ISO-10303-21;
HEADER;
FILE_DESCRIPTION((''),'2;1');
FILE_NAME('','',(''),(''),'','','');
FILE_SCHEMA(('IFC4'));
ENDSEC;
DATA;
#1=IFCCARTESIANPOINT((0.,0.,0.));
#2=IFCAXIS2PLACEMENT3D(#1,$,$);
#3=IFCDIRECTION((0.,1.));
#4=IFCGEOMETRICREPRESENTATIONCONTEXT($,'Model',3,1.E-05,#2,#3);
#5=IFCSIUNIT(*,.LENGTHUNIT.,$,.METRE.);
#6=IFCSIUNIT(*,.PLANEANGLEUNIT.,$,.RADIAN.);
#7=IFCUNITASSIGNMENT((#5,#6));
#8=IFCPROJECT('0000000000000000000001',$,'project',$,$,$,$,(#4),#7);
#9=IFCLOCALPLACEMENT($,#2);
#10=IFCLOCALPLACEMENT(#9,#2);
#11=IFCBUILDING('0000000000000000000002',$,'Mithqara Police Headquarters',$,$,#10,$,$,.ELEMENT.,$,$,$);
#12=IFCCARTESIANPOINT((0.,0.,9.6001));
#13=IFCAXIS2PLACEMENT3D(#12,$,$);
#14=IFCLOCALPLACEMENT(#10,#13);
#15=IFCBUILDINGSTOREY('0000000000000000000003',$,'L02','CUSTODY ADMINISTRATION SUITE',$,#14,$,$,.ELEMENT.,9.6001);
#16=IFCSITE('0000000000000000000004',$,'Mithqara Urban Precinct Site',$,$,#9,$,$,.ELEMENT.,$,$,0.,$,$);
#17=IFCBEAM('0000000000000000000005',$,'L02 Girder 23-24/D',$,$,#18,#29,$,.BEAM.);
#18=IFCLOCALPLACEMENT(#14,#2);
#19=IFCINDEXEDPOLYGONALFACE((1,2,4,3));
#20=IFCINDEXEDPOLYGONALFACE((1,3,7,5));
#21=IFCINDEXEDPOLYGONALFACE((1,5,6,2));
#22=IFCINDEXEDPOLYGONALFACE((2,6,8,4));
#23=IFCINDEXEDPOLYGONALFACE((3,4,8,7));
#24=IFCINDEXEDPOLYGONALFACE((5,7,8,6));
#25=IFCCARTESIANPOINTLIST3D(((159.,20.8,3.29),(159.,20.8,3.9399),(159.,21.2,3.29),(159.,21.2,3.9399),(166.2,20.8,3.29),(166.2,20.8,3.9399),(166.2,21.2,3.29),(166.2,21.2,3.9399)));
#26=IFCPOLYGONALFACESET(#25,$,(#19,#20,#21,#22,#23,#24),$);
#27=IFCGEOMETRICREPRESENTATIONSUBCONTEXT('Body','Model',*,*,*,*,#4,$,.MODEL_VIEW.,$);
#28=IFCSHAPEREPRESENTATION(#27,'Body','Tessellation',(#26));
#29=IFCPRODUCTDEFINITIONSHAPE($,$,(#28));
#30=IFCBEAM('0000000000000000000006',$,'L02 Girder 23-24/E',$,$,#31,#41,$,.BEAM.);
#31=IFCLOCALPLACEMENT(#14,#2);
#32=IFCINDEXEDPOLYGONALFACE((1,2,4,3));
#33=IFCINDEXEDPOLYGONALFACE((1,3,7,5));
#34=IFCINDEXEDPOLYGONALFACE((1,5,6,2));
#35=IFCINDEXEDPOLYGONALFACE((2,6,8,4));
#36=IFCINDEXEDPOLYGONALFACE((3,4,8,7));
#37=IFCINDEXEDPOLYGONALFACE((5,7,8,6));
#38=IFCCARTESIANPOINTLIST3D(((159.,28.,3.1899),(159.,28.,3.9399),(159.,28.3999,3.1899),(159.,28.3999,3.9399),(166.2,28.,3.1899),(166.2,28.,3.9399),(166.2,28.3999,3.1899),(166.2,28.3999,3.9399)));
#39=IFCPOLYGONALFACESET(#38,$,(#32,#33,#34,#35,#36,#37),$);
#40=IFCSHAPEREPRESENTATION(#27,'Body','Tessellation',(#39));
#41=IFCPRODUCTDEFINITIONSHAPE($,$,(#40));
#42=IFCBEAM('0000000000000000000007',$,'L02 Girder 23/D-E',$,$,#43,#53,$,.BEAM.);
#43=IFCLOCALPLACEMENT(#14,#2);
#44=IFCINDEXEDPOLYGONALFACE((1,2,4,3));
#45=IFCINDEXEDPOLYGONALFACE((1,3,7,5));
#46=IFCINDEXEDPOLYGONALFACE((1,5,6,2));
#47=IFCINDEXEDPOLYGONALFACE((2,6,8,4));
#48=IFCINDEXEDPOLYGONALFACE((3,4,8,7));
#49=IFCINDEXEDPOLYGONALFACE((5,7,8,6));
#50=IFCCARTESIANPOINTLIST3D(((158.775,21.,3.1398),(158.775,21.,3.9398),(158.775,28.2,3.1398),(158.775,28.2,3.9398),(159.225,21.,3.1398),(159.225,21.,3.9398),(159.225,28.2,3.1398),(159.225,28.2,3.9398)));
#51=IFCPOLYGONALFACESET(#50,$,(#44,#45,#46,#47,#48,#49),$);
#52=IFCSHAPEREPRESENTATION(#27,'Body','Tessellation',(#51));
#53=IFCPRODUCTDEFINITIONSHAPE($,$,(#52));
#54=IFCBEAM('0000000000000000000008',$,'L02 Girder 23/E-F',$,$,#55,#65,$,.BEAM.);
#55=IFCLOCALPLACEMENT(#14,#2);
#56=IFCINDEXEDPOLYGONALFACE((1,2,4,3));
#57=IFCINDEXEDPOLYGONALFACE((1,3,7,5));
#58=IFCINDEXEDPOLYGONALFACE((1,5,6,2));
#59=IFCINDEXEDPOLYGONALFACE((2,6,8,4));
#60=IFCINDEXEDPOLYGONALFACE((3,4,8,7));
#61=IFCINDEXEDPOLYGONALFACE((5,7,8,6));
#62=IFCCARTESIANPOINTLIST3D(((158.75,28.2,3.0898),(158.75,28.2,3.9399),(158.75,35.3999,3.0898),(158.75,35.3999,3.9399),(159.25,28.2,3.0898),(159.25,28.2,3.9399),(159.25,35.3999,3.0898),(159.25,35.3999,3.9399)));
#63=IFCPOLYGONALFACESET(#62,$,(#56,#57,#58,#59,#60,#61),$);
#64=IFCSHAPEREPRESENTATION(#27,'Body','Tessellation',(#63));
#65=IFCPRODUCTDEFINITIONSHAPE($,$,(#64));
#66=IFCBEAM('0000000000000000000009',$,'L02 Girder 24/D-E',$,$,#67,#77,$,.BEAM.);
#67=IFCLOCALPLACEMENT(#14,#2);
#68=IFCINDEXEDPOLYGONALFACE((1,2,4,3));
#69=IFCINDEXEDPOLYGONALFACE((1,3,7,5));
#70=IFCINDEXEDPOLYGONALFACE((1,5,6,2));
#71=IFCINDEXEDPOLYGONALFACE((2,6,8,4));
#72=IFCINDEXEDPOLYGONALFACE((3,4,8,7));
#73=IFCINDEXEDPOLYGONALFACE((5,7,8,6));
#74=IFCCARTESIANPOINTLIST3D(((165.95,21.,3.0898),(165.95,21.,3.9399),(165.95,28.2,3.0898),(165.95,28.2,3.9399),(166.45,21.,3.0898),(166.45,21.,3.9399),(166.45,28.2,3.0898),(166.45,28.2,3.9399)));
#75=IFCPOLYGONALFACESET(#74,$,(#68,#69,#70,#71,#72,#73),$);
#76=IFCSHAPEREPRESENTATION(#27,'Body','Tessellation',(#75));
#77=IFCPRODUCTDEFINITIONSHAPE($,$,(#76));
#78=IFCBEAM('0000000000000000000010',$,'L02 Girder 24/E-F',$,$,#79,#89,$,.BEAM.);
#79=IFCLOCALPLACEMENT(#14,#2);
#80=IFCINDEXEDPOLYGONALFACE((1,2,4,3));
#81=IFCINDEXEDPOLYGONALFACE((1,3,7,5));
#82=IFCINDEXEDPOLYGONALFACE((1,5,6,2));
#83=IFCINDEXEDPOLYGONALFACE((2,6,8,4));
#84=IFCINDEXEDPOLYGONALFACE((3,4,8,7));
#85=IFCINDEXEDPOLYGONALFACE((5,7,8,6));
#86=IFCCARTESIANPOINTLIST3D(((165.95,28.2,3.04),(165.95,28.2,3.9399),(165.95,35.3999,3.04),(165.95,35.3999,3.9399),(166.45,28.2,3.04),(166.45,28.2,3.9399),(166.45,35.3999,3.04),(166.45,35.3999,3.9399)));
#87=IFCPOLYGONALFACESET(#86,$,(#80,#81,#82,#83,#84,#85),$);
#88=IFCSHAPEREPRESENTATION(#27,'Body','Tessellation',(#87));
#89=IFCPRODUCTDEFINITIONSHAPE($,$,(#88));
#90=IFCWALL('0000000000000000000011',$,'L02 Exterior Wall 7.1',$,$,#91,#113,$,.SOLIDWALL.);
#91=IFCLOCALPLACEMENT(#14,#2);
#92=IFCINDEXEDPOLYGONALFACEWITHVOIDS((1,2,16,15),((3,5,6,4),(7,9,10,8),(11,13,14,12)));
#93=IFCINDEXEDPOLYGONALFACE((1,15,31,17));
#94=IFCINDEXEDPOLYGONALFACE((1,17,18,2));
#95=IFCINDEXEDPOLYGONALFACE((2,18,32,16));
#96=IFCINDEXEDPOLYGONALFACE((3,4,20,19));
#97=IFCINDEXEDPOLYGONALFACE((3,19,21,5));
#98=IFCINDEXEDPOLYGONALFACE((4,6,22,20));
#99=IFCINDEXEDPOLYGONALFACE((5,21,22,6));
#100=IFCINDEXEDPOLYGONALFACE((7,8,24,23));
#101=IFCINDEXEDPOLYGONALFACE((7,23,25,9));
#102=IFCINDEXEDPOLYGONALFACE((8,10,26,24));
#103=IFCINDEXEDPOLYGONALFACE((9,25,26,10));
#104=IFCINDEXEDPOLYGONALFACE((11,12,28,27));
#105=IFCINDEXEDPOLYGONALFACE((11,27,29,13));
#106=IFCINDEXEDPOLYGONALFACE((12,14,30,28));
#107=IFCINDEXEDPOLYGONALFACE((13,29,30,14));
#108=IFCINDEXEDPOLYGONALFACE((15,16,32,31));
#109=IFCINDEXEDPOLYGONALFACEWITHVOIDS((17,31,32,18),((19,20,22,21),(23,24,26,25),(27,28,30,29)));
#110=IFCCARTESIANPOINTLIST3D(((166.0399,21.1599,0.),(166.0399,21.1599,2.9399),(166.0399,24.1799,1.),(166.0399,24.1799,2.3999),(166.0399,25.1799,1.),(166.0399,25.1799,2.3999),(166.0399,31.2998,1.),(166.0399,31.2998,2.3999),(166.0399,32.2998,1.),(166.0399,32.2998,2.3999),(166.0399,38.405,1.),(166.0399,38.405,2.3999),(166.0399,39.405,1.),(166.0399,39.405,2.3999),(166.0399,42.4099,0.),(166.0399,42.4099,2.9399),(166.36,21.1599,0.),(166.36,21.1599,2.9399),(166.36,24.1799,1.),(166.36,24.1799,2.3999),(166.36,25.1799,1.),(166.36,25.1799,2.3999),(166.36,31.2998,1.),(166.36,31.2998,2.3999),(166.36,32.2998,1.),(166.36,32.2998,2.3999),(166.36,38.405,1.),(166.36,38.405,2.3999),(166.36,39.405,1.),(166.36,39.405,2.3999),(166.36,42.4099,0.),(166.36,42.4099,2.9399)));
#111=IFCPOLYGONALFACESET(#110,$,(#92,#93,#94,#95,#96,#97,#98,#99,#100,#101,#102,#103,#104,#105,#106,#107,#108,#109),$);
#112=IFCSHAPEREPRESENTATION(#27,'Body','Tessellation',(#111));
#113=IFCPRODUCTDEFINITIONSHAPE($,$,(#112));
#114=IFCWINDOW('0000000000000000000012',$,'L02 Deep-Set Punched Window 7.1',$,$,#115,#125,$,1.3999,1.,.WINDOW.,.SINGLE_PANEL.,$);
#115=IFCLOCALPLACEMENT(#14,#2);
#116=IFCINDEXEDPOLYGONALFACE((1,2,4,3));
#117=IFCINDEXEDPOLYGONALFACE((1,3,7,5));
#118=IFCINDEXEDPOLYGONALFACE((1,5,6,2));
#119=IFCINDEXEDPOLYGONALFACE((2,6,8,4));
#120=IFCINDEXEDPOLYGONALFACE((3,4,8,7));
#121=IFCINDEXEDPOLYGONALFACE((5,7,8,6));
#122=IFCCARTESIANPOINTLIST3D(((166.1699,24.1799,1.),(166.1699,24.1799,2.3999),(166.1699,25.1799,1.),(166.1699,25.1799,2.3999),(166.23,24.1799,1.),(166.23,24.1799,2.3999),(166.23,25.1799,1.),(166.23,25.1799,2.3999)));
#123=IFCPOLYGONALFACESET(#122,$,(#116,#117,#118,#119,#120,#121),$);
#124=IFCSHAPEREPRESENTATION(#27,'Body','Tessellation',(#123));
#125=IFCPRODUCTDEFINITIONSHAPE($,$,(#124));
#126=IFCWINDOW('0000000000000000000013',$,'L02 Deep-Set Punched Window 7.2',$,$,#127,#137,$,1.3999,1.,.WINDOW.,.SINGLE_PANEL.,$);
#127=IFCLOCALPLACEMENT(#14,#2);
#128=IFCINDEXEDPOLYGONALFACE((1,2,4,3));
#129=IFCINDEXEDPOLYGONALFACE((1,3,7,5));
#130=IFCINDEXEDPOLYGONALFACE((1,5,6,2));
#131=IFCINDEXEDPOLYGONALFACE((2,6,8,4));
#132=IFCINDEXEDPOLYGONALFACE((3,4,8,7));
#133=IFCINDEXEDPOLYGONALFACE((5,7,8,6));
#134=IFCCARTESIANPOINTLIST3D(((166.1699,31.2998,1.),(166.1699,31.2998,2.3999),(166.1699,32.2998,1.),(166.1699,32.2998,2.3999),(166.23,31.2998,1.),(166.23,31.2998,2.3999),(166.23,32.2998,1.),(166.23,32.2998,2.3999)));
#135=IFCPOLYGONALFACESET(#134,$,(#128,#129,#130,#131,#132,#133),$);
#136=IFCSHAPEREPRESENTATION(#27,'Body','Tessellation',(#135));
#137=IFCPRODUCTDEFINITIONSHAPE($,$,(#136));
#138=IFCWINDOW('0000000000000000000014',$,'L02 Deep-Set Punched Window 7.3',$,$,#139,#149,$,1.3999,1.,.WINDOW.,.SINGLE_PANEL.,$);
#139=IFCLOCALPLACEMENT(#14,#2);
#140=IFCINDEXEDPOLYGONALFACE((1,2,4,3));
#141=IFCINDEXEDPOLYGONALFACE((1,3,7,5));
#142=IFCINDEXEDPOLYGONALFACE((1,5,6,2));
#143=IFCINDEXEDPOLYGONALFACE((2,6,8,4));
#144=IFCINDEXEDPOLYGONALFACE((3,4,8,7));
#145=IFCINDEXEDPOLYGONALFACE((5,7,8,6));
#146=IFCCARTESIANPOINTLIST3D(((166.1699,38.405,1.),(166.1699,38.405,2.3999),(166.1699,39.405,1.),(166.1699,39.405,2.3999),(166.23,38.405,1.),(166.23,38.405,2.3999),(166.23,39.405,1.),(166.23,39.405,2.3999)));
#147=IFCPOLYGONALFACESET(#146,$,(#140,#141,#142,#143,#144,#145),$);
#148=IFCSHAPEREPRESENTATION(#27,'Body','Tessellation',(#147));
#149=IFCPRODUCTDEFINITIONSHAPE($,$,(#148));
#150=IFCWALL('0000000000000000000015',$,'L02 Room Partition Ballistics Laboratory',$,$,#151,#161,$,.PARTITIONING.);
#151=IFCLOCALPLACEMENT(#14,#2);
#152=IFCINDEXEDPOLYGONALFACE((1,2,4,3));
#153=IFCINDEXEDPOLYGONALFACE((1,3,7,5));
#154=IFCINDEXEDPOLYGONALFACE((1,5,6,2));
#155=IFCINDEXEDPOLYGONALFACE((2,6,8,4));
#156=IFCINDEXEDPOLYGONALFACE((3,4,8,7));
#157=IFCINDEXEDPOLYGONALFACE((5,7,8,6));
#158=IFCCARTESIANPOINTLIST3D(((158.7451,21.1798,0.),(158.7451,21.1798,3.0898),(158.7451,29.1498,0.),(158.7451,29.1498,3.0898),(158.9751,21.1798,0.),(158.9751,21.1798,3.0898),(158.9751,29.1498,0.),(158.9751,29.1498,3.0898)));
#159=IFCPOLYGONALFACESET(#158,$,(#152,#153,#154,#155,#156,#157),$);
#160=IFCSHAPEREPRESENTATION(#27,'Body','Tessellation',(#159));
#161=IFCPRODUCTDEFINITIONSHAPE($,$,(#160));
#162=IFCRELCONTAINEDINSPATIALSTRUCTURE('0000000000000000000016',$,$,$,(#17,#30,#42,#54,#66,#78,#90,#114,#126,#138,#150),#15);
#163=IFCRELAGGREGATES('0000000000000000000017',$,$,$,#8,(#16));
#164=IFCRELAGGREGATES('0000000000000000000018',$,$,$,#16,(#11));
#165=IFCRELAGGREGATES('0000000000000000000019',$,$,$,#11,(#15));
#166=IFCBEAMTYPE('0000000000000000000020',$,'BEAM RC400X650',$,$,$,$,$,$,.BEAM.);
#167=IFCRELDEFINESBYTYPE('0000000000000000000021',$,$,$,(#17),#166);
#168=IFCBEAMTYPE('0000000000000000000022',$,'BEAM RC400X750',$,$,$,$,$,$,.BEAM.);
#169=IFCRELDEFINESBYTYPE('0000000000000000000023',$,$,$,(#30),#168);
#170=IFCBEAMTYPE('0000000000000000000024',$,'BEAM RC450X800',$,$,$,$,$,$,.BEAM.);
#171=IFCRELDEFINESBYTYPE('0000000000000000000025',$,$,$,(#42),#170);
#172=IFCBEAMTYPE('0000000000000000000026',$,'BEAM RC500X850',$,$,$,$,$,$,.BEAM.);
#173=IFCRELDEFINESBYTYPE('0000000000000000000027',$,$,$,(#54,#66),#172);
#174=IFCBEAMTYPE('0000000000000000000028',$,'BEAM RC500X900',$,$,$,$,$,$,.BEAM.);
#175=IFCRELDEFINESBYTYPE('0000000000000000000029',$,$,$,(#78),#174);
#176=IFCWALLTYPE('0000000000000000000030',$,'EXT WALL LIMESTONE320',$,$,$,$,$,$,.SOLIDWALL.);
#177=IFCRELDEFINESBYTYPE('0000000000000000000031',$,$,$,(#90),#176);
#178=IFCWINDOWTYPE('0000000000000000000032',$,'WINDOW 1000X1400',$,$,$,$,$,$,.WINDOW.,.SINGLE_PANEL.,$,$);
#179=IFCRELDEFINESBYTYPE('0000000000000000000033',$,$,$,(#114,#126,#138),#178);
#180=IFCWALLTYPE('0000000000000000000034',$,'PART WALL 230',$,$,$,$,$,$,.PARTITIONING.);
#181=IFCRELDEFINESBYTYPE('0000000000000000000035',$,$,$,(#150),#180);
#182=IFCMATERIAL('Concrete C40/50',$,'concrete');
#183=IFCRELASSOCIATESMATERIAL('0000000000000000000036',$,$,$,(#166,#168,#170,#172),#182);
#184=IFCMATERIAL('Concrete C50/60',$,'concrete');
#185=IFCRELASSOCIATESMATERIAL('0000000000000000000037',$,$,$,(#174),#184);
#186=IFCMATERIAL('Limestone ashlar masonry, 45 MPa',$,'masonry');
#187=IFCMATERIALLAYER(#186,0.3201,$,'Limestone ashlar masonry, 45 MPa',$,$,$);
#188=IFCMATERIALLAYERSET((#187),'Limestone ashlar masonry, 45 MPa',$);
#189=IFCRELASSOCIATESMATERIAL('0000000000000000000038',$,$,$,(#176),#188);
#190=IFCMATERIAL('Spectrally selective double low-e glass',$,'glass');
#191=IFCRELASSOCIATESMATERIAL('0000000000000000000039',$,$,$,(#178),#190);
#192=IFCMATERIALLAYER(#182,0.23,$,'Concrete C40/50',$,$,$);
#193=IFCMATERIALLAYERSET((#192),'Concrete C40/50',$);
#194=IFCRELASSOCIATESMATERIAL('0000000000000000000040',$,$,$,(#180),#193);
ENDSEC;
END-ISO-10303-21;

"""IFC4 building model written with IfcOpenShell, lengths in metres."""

from ifc_helpers import new_model, si_unit, direction, frame, frame_2d, origin, origin_2d, place, context, subcontext, project, spatial, rectangle, extrude, material, layer, layer_set, material_profile, profile_set, type_object, element, fill, save


model = new_model("IFC4")

# Units and contexts
model_context = context("Model", 3, precision=1e-05, world=origin(), true_north=direction((0.0, 1.0)))
body_context = subcontext(model_context, "Body", "Model", "MODEL_VIEW")
ifc_project = project(units=[si_unit("LENGTHUNIT", "METRE"), si_unit("PLANEANGLEUNIT", "RADIAN")], contexts=[model_context])

# Site, building, storey
site_placement = place(None, origin())
site = spatial("IfcSite", under=ifc_project, at=site_placement, Name="Mithqara Urban Precinct Site", CompositionType="ELEMENT", RefElevation=0.0)
building_placement = place(site_placement, origin())
building = spatial("IfcBuilding", under=site, at=building_placement, Name="Mithqara Police Headquarters", CompositionType="ELEMENT")
storey_placement = place(building_placement, frame((0.0, 0.0, 9.6001)))
storey = spatial("IfcBuildingStorey", under=building, at=storey_placement, Name="L02", Description="CUSTODY ADMINISTRATION SUITE", CompositionType="ELEMENT", Elevation=9.6001)

# Shared definitions
ifc_material_1 = material(Name="Concrete C50/60", Category="concrete")

# Beams
ifc_material_2 = material(Name="Concrete C40/50", Category="concrete")
ifc_material_profile_1 = material_profile(ifc_material_2, rectangle(XDim=0.3999, YDim=0.6499, at=origin_2d()), Name="RC 400x650")
ifc_profile_set_1 = profile_set([ifc_material_profile_1], Name="Concrete C40/50")
beam_type_1 = type_object("IfcBeamType", Name="BEAM RC400X650", PredefinedType="BEAM", material=ifc_profile_set_1)
beam_1_placement = place(storey_placement, frame((159.0, 21.0, 3.615), z_axis=(1.0, 0.0, 0.0), x_axis=(0.0, 1.0, 0.0)))
element("IfcBeam", 1, at=beam_1_placement, inside=storey, type_object=beam_type_1, Name="L02 Girder 23-24/D", PredefinedType="BEAM", context=body_context, shape_type="SweptSolid", body=[
    extrude(rectangle(XDim=0.3999, YDim=0.6499, at=origin_2d()), origin(), (0.0, 0.0, 1.0), 7.2),
])
ifc_material_profile_2 = material_profile(ifc_material_2, rectangle(XDim=0.3999, YDim=0.75, at=origin_2d()), Name="RC 400x750")
ifc_profile_set_2 = profile_set([ifc_material_profile_2], Name="Concrete C40/50")
beam_type_2 = type_object("IfcBeamType", Name="BEAM RC400X750", PredefinedType="BEAM", material=ifc_profile_set_2)
beam_2_placement = place(storey_placement, frame((159.0, 28.2, 3.5649), z_axis=(1.0, 0.0, 0.0), x_axis=(0.0, 1.0, 0.0)))
element("IfcBeam", 2, at=beam_2_placement, inside=storey, type_object=beam_type_2, Name="L02 Girder 23-24/E", PredefinedType="BEAM", context=body_context, shape_type="SweptSolid", body=[
    extrude(rectangle(XDim=0.3999, YDim=0.75, at=origin_2d()), origin(), (0.0, 0.0, 1.0), 7.2),
])
ifc_material_profile_3 = material_profile(ifc_material_2, rectangle(XDim=0.45, YDim=0.8, at=origin_2d()), Name="RC 450x800")
ifc_profile_set_3 = profile_set([ifc_material_profile_3], Name="Concrete C40/50")
beam_type_3 = type_object("IfcBeamType", Name="BEAM RC450X800", PredefinedType="BEAM", material=ifc_profile_set_3)
beam_3_placement = place(storey_placement, frame((159.0, 21.0, 3.5398), z_axis=(0.0, 1.0, 0.0), x_axis=(-1.0, 0.0, 0.0)))
element("IfcBeam", 3, at=beam_3_placement, inside=storey, type_object=beam_type_3, Name="L02 Girder 23/D-E", PredefinedType="BEAM", context=body_context, shape_type="SweptSolid", body=[
    extrude(rectangle(XDim=0.45, YDim=0.8, at=origin_2d()), origin(), (0.0, 0.0, 1.0), 7.2),
])
ifc_material_profile_4 = material_profile(ifc_material_2, rectangle(XDim=0.5, YDim=0.8501, at=origin_2d()), Name="RC 500x850")
ifc_profile_set_4 = profile_set([ifc_material_profile_4], Name="Concrete C40/50")
beam_type_4 = type_object("IfcBeamType", Name="BEAM RC500X850", PredefinedType="BEAM", material=ifc_profile_set_4)
for number, where, z_axis, x_axis, name in (
    (4, (159.0, 28.2, 3.5149), (0.0, 1.0, 0.0), (-1.0, 0.0, 0.0), "L02 Girder 23/E-F"),
    (5, (166.2, 21.0, 3.5149), (0.0, 1.0, 0.0), (-1.0, 0.0, 0.0), "L02 Girder 24/D-E"),
):
    element("IfcBeam", number, at=place(storey_placement, frame(where, z_axis=z_axis, x_axis=x_axis)), inside=storey, type_object=beam_type_4, Name=name, PredefinedType="BEAM", context=body_context, shape_type="SweptSolid", body=[
        extrude(rectangle(XDim=0.5, YDim=0.8501, at=origin_2d()), origin(), (0.0, 0.0, 1.0), 7.2),
    ])
ifc_material_profile_5 = material_profile(ifc_material_1, rectangle(XDim=0.5, YDim=0.8999, at=origin_2d()), Name="RC 500x900")
ifc_profile_set_5 = profile_set([ifc_material_profile_5], Name="Concrete C50/60")
beam_type_5 = type_object("IfcBeamType", Name="BEAM RC500X900", PredefinedType="BEAM", material=ifc_profile_set_5)
beam_4_placement = place(storey_placement, frame((166.2, 28.2, 3.49), z_axis=(0.0, 1.0, 0.0), x_axis=(-1.0, 0.0, 0.0)))
element("IfcBeam", 6, at=beam_4_placement, inside=storey, type_object=beam_type_5, Name="L02 Girder 24/E-F", PredefinedType="BEAM", context=body_context, shape_type="SweptSolid", body=[
    extrude(rectangle(XDim=0.5, YDim=0.8999, at=origin_2d()), origin(), (0.0, 0.0, 1.0), 7.2),
])

# Wall, openings, windows
ifc_material_3 = material(Name="Limestone ashlar masonry, 45 MPa", Category="masonry")
ifc_layer_1 = layer(ifc_material_3, 0.3201, Name="Limestone ashlar masonry, 45 MPa")
ifc_layer_set_1 = layer_set([ifc_layer_1], Name="Limestone ashlar masonry, 45 MPa")
wall_type_1 = type_object("IfcWallType", Name="EXT WALL LIMESTONE320", PredefinedType="SOLIDWALL", material=ifc_layer_set_1)
wall_1_placement = place(storey_placement, frame((166.2, 21.1599, 0.0), z_axis=(0.0, 0.0, 1.0), x_axis=(0.0, 1.0, 0.0)))
wall_1 = element("IfcWall", 7, at=wall_1_placement, inside=storey, type_object=wall_type_1, Name="L02 Exterior Wall 7.1", PredefinedType="SOLIDWALL", context=body_context, shape_type="SweptSolid", body=[
    extrude(rectangle(XDim=21.25, YDim=0.3201, at=frame_2d((10.625, 0.0))), origin(), (0.0, 0.0, 1.0), 2.9399),
])
opening_1_placement = place(wall_1_placement, frame((3.02, 0.0, 1.0)))
opening_1 = element("IfcOpeningElement", 8, at=opening_1_placement, cuts=wall_1, PredefinedType="OPENING", context=body_context, shape_type="SweptSolid", body=[
    extrude(rectangle(XDim=1.0, YDim=1.3999, at=frame_2d((0.5, 0.7))), frame((0.0, 0.1699, 0.0), z_axis=(0.0, -1.0, 0.0), x_axis=(1.0, 0.0, 0.0)), (0.0, 0.0, 1.0), 0.3401),
])
opening_2_placement = place(wall_1_placement, frame((10.1399, 0.0, 1.0)))
opening_2 = element("IfcOpeningElement", 9, at=opening_2_placement, cuts=wall_1, PredefinedType="OPENING", context=body_context, shape_type="SweptSolid", body=[
    extrude(rectangle(XDim=1.0, YDim=1.3999, at=frame_2d((0.5, 0.7))), frame((0.0, 0.1699, 0.0), z_axis=(0.0, -1.0, 0.0), x_axis=(1.0, 0.0, 0.0)), (0.0, 0.0, 1.0), 0.3401),
])
opening_3_placement = place(wall_1_placement, frame((17.2451, 0.0, 1.0)))
opening_3 = element("IfcOpeningElement", 10, at=opening_3_placement, cuts=wall_1, PredefinedType="OPENING", context=body_context, shape_type="SweptSolid", body=[
    extrude(rectangle(XDim=1.0, YDim=1.3999, at=frame_2d((0.5, 0.7))), frame((0.0, 0.1699, 0.0), z_axis=(0.0, -1.0, 0.0), x_axis=(1.0, 0.0, 0.0)), (0.0, 0.0, 1.0), 0.3401),
])
ifc_material_4 = material(Name="Spectrally selective double low-e glass", Category="glass")
window_type = type_object("IfcWindowType", Name="WINDOW 1000X1400", PartitioningType="SINGLE_PANEL", PredefinedType="WINDOW", material=ifc_material_4)
window_1_placement = place(opening_1_placement, origin())
window_1 = element("IfcWindow", 11, at=window_1_placement, inside=storey, type_object=window_type, Name="L02 Deep-Set Punched Window 7.1", OverallHeight=1.3999, OverallWidth=1.0, PartitioningType="SINGLE_PANEL", PredefinedType="WINDOW", context=body_context, shape_type="SweptSolid", body=[
    extrude(rectangle(XDim=1.0, YDim=1.3999, at=frame_2d((0.5, 0.7))), frame((0.0, 0.03, 0.0), z_axis=(0.0, -1.0, 0.0), x_axis=(1.0, 0.0, 0.0)), (0.0, 0.0, 1.0), 0.0601),
])
fill(opening_1, window_1)
window_2_placement = place(opening_2_placement, origin())
window_2 = element("IfcWindow", 12, at=window_2_placement, inside=storey, type_object=window_type, Name="L02 Deep-Set Punched Window 7.2", OverallHeight=1.3999, OverallWidth=1.0, PartitioningType="SINGLE_PANEL", PredefinedType="WINDOW", context=body_context, shape_type="SweptSolid", body=[
    extrude(rectangle(XDim=1.0, YDim=1.3999, at=frame_2d((0.5, 0.7))), frame((0.0, 0.03, 0.0), z_axis=(0.0, -1.0, 0.0), x_axis=(1.0, 0.0, 0.0)), (0.0, 0.0, 1.0), 0.0601),
])
fill(opening_2, window_2)
window_3_placement = place(opening_3_placement, origin())
window_3 = element("IfcWindow", 13, at=window_3_placement, inside=storey, type_object=window_type, Name="L02 Deep-Set Punched Window 7.3", OverallHeight=1.3999, OverallWidth=1.0, PartitioningType="SINGLE_PANEL", PredefinedType="WINDOW", context=body_context, shape_type="SweptSolid", body=[
    extrude(rectangle(XDim=1.0, YDim=1.3999, at=frame_2d((0.5, 0.7))), frame((0.0, 0.03, 0.0), z_axis=(0.0, -1.0, 0.0), x_axis=(1.0, 0.0, 0.0)), (0.0, 0.0, 1.0), 0.0601),
])
fill(opening_3, window_3)

# Wall
ifc_layer_2 = layer(ifc_material_2, 0.23, Name="Concrete C40/50")
ifc_layer_set_2 = layer_set([ifc_layer_2], Name="Concrete C40/50")
wall_type_2 = type_object("IfcWallType", Name="PART WALL 230", PredefinedType="PARTITIONING", material=ifc_layer_set_2)
wall_2_placement = place(storey_placement, frame((158.8601, 21.1799, 0.0), z_axis=(0.0, 0.0, 1.0), x_axis=(0.0, 1.0, 0.0)))
element("IfcWall", 14, at=wall_2_placement, inside=storey, type_object=wall_type_2, Name="L02 Room Partition Ballistics Laboratory", PredefinedType="PARTITIONING", context=body_context, shape_type="SweptSolid", body=[
    extrude(rectangle(XDim=7.97, YDim=0.23, at=frame_2d((3.9849, 0.0))), origin(), (0.0, 0.0, 1.0), 3.0898),
])

save(model, "model.ifc")
